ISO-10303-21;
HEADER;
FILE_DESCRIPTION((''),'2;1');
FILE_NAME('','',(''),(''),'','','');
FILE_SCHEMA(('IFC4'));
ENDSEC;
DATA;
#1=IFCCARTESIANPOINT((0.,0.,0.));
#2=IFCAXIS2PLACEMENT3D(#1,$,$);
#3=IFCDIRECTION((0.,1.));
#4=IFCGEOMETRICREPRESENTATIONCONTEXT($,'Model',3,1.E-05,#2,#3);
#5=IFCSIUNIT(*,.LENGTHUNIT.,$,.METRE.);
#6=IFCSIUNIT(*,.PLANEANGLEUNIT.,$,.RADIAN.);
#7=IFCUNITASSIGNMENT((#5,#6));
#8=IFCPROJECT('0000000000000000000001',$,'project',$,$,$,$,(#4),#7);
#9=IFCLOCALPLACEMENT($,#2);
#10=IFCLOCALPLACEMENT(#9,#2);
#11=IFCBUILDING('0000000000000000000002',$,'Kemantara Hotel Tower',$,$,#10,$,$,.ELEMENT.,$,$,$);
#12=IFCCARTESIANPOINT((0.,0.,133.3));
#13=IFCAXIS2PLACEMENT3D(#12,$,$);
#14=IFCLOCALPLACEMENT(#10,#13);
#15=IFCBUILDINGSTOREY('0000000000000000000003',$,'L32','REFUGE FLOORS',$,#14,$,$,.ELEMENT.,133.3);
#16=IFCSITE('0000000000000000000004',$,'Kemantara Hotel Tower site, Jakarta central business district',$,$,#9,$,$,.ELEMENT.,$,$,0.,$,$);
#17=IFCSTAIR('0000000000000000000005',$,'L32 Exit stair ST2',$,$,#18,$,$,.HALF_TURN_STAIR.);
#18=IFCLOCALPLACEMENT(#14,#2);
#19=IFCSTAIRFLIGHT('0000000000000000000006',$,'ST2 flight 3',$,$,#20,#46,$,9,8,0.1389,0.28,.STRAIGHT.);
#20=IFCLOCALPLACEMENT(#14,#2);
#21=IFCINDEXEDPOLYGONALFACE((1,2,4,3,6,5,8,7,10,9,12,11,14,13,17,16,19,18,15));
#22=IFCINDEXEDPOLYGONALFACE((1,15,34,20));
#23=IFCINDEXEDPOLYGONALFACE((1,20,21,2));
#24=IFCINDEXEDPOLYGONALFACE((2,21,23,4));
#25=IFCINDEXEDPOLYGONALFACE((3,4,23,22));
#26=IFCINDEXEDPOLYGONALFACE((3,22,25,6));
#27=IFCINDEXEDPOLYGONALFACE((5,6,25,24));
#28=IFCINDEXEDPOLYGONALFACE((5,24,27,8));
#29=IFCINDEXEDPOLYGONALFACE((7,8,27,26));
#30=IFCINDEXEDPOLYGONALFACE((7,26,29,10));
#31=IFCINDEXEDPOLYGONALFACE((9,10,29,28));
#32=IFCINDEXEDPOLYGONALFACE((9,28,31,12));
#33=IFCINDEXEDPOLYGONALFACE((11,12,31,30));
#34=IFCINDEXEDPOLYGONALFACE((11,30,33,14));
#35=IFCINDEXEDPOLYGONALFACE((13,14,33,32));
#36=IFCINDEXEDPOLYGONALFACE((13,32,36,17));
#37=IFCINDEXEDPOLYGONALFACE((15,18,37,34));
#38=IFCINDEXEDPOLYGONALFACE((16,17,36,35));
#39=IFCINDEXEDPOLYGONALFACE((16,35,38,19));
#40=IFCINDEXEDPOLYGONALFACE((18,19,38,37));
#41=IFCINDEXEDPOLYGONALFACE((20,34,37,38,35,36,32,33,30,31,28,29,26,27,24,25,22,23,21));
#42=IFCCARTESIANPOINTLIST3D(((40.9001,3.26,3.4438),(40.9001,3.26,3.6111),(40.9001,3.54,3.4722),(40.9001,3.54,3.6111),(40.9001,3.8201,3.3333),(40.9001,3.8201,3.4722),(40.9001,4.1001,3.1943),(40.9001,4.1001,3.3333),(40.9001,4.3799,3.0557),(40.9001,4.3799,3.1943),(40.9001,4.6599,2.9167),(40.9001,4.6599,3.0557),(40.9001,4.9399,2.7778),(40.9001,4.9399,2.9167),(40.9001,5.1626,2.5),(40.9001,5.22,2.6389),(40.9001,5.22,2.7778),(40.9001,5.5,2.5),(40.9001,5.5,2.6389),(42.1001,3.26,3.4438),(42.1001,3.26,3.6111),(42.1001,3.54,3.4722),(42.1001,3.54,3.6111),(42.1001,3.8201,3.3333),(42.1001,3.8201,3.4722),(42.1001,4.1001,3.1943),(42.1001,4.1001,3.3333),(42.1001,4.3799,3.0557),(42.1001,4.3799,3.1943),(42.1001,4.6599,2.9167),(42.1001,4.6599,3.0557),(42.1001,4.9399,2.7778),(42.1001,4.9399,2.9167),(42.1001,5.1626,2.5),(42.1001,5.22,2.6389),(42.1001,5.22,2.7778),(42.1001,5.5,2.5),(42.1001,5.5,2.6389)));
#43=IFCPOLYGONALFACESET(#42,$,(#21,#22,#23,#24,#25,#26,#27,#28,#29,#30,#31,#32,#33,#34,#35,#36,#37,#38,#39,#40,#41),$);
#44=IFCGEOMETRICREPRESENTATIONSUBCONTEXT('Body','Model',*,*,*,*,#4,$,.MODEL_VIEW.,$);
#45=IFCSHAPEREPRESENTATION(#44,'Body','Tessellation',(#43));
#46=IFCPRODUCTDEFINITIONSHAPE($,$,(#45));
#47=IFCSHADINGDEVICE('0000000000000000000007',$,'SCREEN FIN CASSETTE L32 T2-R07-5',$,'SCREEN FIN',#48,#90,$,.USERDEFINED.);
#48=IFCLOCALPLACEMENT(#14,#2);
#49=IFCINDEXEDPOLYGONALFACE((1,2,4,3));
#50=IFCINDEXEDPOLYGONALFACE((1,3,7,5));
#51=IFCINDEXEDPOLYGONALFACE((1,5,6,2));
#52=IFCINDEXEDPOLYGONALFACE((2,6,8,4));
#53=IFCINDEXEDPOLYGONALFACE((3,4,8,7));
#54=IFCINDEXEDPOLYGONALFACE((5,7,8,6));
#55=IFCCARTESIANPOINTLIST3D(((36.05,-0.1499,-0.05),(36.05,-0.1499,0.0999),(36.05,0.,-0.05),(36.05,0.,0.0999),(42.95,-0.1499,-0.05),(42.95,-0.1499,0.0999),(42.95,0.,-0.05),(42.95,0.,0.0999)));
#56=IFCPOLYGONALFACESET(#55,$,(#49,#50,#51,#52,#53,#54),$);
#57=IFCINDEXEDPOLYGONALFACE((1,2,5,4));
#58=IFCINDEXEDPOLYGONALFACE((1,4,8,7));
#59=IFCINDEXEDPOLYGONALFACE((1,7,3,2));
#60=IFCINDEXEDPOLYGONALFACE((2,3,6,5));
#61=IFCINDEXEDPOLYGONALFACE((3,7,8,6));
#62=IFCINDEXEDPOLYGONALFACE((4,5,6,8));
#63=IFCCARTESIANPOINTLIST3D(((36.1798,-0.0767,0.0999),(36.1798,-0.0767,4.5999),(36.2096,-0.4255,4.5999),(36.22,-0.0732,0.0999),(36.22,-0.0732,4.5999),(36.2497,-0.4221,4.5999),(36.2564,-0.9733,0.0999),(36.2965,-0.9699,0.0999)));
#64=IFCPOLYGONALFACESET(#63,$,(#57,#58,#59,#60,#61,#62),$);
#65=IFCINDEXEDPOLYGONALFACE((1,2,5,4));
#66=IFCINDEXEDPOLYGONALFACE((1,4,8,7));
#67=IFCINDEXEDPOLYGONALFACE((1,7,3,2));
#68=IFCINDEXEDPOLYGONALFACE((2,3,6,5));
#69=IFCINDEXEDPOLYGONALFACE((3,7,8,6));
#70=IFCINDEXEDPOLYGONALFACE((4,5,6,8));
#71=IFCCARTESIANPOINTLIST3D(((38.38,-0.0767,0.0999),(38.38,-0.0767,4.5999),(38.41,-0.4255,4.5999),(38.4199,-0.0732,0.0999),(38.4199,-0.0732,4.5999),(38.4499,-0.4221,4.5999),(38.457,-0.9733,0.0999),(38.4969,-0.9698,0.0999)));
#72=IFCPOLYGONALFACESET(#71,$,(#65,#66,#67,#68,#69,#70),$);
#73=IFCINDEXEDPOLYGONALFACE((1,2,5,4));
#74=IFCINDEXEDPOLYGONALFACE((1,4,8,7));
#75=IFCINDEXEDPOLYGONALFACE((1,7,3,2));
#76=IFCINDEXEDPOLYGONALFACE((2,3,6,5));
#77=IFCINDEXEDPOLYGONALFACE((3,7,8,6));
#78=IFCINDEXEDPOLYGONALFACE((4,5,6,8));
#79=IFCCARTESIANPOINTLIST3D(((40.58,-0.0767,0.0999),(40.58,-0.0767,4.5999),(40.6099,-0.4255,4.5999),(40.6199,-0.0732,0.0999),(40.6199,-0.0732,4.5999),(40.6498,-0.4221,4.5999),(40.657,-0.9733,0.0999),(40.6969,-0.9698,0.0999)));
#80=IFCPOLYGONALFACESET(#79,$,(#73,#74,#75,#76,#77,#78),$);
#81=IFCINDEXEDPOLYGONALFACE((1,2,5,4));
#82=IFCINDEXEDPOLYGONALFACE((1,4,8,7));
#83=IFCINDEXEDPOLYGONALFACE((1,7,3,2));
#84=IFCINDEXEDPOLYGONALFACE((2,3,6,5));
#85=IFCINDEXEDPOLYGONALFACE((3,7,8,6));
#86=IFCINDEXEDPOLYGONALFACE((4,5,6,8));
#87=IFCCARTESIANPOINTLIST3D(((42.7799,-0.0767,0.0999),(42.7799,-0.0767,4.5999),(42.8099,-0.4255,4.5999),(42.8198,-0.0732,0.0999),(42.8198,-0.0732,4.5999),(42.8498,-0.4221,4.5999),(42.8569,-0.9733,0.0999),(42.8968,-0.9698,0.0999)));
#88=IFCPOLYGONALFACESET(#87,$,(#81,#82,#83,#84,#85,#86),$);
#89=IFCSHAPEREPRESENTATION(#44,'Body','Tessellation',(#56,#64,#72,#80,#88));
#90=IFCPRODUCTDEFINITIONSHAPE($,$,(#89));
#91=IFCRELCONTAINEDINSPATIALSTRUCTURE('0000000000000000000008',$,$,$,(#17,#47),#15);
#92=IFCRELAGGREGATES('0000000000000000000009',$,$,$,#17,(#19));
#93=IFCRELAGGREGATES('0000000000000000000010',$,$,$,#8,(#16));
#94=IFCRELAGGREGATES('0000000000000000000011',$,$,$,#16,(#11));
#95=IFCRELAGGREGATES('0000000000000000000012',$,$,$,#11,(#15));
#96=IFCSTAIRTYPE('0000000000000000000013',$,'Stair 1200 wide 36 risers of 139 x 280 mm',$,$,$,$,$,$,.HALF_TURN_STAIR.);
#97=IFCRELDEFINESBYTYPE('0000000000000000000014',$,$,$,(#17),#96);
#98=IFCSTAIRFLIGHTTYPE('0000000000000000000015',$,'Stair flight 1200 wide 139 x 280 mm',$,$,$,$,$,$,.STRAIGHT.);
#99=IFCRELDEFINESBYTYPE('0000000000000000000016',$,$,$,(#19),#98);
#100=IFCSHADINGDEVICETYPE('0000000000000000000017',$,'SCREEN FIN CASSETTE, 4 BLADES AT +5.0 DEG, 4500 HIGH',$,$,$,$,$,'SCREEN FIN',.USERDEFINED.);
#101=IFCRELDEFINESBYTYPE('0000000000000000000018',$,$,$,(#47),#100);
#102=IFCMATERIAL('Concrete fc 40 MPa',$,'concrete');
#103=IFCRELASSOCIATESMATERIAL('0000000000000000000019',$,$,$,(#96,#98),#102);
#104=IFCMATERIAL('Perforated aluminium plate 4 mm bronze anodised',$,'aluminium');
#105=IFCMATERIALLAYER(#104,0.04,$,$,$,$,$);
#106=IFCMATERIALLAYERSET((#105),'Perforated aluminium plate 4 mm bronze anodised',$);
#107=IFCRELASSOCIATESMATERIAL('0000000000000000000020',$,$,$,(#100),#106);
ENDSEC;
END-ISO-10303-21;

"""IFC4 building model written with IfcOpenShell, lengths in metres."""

from ifc_helpers import new_model, si_unit, direction, frame, origin, origin_2d, place, context, subcontext, project, spatial, polyline, rectangle, outline, extrude, source, transform, mapped, material, layer, layer_set, type_object, element, aggregate, save


model = new_model("IFC4")

# Units and contexts
model_context = context("Model", 3, precision=1e-05, world=origin(), true_north=direction((0.0, 1.0)))
body_context = subcontext(model_context, "Body", "Model", "MODEL_VIEW")
ifc_project = project(units=[si_unit("LENGTHUNIT", "METRE"), si_unit("PLANEANGLEUNIT", "RADIAN")], contexts=[model_context])

# Site, building, storey
site_placement = place(None, origin())
site = spatial("IfcSite", under=ifc_project, at=site_placement, Name="Kemantara Hotel Tower site, Jakarta central business district", CompositionType="ELEMENT", RefElevation=0.0)
building_placement = place(site_placement, origin())
building = spatial("IfcBuilding", under=site, at=building_placement, Name="Kemantara Hotel Tower", CompositionType="ELEMENT")
storey_placement = place(building_placement, frame((0.0, 0.0, 133.3)))
storey = spatial("IfcBuildingStorey", under=building, at=storey_placement, Name="L32", Description="REFUGE FLOORS", CompositionType="ELEMENT", Elevation=133.3)

# Stair, stair flight
ifc_material_1 = material(Name="Concrete fc 40 MPa", Category="concrete")
stair_type = type_object("IfcStairType", Name="Stair 1200 wide 36 risers of 139 x 280 mm", PredefinedType="HALF_TURN_STAIR", material=ifc_material_1)
stair_placement = place(storey_placement, origin())
stair = element("IfcStair", 1, at=stair_placement, inside=storey, type_object=stair_type, Name="L32 Exit stair ST2", PredefinedType="HALF_TURN_STAIR")
stair_flight_type = type_object("IfcStairFlightType", Name="Stair flight 1200 wide 139 x 280 mm", PredefinedType="STRAIGHT", material=ifc_material_1)
stair_flight_1_placement = place(storey_placement, frame((41.5, 5.5, 2.5), z_axis=(0.0, 0.0, 1.0), x_axis=(0.0, -1.0, 0.0)))
stair_flight_1 = element("IfcStairFlight", 2, at=stair_flight_1_placement, type_object=stair_flight_type, Name="ST2 flight 3", NumberOfRisers=9, NumberOfTreads=8, PredefinedType="STRAIGHT", RiserHeight=0.1389, TreadLength=0.28, context=body_context, shape_type="SweptSolid", body=[
    extrude(outline(polyline([(0.0, 0.0), (0.0, 0.1389), (0.28, 0.1389), (0.28, 0.2778), (0.5601, 0.2778), (0.5601, 0.4167), (0.8401, 0.4167), (0.8401, 0.5557), (1.1201, 0.5557), (1.1201, 0.6943), (1.3999, 0.6943), (1.3999, 0.8333), (1.6799, 0.8333), (1.6799, 0.9722), (1.96, 0.9722), (1.96, 1.1111), (2.24, 1.1111), (2.24, 1.25), (2.24, 0.9438), (0.3374, 0.0), (0.0, 0.0)])), frame((0.0, 0.6001, 0.0), z_axis=(0.0, -1.0, 0.0), x_axis=(1.0, 0.0, 0.0)), (0.0, 0.0, 1.0), 1.2),
])
aggregate(stair, [stair_flight_1])

# Shading device
ifc_material_2 = material(Name="Perforated aluminium plate 4 mm bronze anodised", Category="aluminium")
ifc_layer_1 = layer(ifc_material_2, 0.04)
ifc_layer_set_1 = layer_set([ifc_layer_1], Name="Perforated aluminium plate 4 mm bronze anodised")
shading_device_type = type_object("IfcShadingDeviceType", Name="SCREEN FIN CASSETTE, 4 BLADES AT +5.0 DEG, 4500 HIGH", ElementType="SCREEN FIN", PredefinedType="USERDEFINED", material=ifc_layer_set_1)
shared_shape_1 = source(origin(), body_context, "Body", "SweptSolid", [
    extrude(rectangle(XDim=6.8999, YDim=0.1499, at=origin_2d()), frame((3.3, -0.075, -0.1499), z_axis=(0.0, 0.0, 1.0), x_axis=(1.0, 0.0, 0.0)), (0.0, 0.0, 1.0), 0.1499),
    extrude(outline(polyline([(0.0, 0.0), (0.8999, 0.0), (0.3501, 4.5), (0.0, 4.5), (0.0, 0.0)])), frame((0.02, -0.0732, 0.0), z_axis=(-0.996376, -0.085056, 0.0), x_axis=(0.085056, -0.996376, 0.0)), (0.0, 0.0, 1.0), 0.0403),
    extrude(outline(polyline([(0.0, 0.0), (0.8999, 0.0), (0.3501, 4.5), (0.0, 4.5), (0.0, 0.0)])), frame((2.22, -0.0732, 0.0), z_axis=(-0.996332, -0.085575, 0.0), x_axis=(0.085575, -0.996332, 0.0)), (0.0, 0.0, 1.0), 0.04),
    extrude(outline(polyline([(0.0, 0.0), (0.8999, 0.0), (0.3501, 4.5), (0.0, 4.5), (0.0, 0.0)])), frame((4.4199, -0.0732, 0.0), z_axis=(-0.996332, -0.085575, 0.0), x_axis=(0.085575, -0.996332, 0.0)), (0.0, 0.0, 1.0), 0.04),
    extrude(outline(polyline([(0.0, 0.0), (0.8999, 0.0), (0.3501, 4.5), (0.0, 4.5), (0.0, 0.0)])), frame((6.6199, -0.0732, 0.0), z_axis=(-0.996332, -0.085575, 0.0), x_axis=(0.085575, -0.996332, 0.0)), (0.0, 0.0, 1.0), 0.04),
])
shading_device_placement = place(storey_placement, frame((36.2, 0.0, 0.0999), z_axis=(0.0, 0.0, 1.0), x_axis=(1.0, 0.0, 0.0)))
element("IfcShadingDevice", 3, at=shading_device_placement, inside=storey, type_object=shading_device_type, Name="SCREEN FIN CASSETTE L32 T2-R07-5", ObjectType="SCREEN FIN", PredefinedType="USERDEFINED", context=body_context, shape_type="MappedRepresentation", body=[
    mapped(shared_shape_1, transform((0.0, 0.0, 0.0))),
])

save(model, "model.ifc")
